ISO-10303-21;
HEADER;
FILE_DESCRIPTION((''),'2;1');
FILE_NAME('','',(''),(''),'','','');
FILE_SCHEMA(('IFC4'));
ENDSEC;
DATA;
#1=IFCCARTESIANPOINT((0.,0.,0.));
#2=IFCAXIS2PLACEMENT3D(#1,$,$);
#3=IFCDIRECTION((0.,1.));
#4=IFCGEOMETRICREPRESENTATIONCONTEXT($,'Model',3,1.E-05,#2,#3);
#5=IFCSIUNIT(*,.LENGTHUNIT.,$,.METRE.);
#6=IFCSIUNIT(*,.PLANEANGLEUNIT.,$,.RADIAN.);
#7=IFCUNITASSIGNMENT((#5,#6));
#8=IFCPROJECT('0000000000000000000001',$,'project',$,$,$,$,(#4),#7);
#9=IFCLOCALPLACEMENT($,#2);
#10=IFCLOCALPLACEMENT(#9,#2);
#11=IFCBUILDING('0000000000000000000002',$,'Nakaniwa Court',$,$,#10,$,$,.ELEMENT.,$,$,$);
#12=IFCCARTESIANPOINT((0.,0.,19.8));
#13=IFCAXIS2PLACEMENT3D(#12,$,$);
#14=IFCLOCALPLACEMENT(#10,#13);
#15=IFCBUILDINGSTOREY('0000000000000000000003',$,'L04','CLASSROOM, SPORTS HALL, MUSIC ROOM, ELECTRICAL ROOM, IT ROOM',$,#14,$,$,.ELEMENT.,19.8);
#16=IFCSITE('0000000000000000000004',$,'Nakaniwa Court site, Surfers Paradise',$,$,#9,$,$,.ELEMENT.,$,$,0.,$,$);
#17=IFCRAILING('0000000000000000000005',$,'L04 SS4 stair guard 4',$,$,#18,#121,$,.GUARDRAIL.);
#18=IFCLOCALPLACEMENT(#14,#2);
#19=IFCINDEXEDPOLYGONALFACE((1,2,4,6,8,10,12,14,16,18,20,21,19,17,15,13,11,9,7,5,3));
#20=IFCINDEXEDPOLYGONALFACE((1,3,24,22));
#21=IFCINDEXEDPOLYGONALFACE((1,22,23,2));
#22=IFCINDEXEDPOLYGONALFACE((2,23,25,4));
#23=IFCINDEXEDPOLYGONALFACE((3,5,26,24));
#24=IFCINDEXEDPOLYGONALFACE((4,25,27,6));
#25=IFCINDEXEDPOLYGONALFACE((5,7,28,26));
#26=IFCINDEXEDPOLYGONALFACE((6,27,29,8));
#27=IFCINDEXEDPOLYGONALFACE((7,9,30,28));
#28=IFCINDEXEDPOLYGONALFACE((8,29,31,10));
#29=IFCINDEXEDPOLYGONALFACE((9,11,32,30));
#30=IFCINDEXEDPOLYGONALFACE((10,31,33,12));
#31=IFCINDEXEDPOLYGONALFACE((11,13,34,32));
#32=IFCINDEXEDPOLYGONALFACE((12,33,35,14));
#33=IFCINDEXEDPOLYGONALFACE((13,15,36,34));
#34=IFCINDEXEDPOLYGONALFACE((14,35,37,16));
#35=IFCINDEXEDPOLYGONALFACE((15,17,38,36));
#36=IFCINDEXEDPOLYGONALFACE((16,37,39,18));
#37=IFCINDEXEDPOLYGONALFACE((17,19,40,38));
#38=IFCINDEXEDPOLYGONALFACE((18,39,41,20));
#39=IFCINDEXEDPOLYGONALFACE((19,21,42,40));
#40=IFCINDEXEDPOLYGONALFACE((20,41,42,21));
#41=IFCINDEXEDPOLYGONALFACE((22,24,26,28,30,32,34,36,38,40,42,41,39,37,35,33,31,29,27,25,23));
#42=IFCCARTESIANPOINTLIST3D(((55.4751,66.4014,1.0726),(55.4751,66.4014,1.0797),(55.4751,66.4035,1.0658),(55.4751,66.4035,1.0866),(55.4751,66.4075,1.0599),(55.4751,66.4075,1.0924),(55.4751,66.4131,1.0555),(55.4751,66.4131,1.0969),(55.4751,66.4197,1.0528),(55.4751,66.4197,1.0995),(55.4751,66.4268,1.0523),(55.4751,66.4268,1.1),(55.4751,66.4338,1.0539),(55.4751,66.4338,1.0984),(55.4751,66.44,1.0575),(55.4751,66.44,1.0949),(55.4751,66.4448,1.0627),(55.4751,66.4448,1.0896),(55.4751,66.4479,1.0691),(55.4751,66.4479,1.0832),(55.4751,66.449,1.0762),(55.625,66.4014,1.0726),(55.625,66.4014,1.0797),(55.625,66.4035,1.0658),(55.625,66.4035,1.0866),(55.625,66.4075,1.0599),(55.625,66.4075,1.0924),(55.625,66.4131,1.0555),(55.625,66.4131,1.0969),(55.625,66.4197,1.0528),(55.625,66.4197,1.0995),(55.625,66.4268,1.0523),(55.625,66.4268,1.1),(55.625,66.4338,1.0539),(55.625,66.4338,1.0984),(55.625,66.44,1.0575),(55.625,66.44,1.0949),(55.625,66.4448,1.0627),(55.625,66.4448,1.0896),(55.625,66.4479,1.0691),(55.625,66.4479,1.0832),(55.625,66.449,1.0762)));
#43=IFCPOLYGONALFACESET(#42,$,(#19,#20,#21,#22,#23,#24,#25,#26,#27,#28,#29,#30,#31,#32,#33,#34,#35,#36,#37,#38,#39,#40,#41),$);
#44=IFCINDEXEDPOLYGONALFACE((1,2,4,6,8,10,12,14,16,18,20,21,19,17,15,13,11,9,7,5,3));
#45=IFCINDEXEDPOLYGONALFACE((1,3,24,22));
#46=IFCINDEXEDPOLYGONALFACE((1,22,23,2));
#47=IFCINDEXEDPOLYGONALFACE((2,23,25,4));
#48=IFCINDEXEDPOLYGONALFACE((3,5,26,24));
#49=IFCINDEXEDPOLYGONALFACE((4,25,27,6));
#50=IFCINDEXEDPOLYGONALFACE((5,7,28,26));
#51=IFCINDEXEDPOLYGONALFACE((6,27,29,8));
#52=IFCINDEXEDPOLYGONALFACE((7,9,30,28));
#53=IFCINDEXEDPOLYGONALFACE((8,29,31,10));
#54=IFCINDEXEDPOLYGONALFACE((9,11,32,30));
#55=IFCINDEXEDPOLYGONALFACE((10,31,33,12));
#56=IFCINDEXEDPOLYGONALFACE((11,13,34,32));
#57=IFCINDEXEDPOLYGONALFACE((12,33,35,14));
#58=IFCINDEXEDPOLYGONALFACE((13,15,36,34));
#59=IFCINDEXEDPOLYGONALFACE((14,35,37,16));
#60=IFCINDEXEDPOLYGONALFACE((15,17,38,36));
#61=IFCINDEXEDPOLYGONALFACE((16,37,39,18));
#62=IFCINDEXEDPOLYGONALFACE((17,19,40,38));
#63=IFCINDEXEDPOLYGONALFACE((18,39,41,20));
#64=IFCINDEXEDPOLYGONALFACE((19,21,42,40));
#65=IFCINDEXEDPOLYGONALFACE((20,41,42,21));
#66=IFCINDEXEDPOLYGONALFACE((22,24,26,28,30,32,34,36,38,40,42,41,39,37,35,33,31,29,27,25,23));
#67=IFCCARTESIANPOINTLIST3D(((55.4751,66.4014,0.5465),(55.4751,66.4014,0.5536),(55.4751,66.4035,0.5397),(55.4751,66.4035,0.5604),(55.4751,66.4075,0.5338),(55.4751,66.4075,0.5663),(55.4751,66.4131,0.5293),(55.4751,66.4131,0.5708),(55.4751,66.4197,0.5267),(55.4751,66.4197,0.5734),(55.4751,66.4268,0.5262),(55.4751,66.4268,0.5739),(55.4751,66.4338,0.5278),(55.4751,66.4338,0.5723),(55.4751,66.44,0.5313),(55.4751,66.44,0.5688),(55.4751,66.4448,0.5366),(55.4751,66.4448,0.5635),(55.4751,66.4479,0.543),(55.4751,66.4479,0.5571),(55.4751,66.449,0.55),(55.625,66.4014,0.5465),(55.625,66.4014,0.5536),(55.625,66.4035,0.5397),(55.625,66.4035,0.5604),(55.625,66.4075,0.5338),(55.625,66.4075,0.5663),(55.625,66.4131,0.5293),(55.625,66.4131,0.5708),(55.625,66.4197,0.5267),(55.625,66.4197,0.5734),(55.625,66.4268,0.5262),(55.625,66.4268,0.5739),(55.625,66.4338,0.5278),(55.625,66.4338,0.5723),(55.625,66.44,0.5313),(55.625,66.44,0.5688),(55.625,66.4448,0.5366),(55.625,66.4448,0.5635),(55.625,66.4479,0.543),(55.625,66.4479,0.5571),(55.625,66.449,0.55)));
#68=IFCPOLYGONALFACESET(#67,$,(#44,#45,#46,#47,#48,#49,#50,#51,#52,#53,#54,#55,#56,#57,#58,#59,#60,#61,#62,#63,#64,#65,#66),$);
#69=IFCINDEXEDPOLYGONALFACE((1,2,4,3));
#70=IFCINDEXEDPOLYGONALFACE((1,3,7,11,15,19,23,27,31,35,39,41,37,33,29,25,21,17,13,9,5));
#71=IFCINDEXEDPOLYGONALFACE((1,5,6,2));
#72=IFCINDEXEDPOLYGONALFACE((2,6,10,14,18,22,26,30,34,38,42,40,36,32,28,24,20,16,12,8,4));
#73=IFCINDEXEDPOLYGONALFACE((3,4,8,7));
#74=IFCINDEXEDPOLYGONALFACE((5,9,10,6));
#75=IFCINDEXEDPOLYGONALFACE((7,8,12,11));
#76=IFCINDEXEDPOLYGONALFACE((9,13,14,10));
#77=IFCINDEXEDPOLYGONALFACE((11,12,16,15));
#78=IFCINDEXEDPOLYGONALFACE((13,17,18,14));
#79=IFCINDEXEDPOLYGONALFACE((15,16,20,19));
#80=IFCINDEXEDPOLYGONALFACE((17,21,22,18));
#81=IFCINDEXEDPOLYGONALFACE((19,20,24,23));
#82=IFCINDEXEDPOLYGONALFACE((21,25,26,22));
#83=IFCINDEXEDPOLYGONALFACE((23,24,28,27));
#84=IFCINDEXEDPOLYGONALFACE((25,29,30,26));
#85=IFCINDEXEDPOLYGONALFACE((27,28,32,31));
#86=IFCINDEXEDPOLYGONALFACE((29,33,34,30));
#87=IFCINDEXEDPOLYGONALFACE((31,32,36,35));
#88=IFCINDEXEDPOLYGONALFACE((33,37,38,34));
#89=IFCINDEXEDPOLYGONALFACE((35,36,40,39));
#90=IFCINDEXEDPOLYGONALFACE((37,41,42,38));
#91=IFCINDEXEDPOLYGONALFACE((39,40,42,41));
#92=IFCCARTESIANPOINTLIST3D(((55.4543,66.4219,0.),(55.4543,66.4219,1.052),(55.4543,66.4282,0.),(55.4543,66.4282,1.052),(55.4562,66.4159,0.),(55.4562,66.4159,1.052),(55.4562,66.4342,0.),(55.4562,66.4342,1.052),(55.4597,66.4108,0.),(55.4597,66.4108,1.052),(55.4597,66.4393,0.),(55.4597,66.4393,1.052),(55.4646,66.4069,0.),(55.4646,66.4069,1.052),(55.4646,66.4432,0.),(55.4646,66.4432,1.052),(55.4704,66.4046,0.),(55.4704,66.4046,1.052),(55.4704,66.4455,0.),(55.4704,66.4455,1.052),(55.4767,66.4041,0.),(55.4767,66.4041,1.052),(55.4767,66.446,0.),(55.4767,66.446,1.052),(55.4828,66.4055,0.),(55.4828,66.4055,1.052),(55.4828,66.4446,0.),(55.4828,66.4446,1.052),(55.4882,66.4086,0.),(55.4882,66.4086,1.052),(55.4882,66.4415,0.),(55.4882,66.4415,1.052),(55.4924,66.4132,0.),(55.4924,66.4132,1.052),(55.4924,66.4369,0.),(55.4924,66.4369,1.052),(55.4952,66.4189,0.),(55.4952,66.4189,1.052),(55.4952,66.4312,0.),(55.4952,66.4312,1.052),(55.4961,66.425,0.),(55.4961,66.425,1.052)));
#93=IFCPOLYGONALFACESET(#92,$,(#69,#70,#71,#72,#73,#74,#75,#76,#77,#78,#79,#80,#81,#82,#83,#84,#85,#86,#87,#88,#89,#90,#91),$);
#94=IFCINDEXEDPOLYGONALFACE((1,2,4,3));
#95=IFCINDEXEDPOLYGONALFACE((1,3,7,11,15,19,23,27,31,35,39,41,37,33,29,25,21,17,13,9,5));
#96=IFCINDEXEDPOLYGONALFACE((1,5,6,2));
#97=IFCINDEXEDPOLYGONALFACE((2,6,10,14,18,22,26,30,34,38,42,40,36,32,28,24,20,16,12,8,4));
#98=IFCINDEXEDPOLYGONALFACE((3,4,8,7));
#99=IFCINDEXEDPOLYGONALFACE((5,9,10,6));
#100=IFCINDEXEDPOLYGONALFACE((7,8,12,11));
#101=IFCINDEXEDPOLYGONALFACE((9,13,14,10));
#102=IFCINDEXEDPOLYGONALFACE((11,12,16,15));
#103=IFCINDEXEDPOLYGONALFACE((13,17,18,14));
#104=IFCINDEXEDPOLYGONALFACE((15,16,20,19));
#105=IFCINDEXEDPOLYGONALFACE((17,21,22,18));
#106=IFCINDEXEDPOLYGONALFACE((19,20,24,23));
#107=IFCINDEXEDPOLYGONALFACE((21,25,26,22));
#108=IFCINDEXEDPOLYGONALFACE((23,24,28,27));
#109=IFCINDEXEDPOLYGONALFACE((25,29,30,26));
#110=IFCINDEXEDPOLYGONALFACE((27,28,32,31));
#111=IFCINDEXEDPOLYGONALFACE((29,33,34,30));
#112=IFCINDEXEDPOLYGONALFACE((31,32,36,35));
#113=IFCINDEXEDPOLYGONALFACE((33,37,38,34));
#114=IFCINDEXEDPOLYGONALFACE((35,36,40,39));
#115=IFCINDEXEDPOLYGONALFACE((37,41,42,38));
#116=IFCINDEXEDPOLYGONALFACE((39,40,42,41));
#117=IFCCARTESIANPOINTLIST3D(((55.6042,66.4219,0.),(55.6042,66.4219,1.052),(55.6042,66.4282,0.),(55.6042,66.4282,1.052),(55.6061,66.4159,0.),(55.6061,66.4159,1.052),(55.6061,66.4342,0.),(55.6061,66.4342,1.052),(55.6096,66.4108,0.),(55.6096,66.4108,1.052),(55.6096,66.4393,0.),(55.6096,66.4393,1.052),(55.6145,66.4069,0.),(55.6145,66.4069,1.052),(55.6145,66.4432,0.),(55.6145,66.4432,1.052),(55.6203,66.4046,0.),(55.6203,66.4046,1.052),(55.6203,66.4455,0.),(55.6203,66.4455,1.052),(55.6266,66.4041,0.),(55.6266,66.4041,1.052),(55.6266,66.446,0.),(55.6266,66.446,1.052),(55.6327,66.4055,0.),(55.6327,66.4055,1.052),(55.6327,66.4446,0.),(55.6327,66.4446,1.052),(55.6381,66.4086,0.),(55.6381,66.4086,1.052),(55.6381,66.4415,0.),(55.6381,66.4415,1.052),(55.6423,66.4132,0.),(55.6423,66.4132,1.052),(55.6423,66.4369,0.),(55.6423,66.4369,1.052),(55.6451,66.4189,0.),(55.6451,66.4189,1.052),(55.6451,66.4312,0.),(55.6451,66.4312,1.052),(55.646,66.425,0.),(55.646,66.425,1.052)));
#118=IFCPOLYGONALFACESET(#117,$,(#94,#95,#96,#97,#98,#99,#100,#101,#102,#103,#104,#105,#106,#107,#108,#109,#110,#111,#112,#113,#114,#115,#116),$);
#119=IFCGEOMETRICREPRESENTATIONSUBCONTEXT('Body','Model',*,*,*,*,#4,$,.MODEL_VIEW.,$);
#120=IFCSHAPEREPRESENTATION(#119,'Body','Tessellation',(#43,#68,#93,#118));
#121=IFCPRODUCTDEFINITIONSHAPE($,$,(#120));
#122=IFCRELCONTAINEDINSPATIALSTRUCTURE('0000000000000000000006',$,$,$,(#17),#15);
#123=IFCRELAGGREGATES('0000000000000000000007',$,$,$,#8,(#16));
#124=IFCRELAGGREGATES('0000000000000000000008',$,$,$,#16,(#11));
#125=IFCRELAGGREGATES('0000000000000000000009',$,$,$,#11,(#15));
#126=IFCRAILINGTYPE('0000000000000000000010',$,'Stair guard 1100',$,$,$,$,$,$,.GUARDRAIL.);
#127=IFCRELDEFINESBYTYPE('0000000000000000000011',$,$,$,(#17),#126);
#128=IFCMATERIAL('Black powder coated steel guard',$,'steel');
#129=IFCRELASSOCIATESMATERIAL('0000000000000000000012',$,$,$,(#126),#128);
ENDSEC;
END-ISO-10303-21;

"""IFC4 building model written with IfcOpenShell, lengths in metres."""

from ifc_helpers import new_model, si_unit, direction, frame, origin, origin_2d, place, context, subcontext, project, spatial, circle, extrude, material, type_object, element, save


model = new_model("IFC4")

# Units and contexts
model_context = context("Model", 3, precision=1e-05, world=origin(), true_north=direction((0.0, 1.0)))
body_context = subcontext(model_context, "Body", "Model", "MODEL_VIEW")
ifc_project = project(units=[si_unit("LENGTHUNIT", "METRE"), si_unit("PLANEANGLEUNIT", "RADIAN")], contexts=[model_context])

# Site, building, storey
site_placement = place(None, origin())
site = spatial("IfcSite", under=ifc_project, at=site_placement, Name="Nakaniwa Court site, Surfers Paradise", CompositionType="ELEMENT", RefElevation=0.0)
building_placement = place(site_placement, origin())
building = spatial("IfcBuilding", under=site, at=building_placement, Name="Nakaniwa Court", CompositionType="ELEMENT")
storey_placement = place(building_placement, frame((0.0, 0.0, 19.8)))
storey = spatial("IfcBuildingStorey", under=building, at=storey_placement, Name="L04", Description="CLASSROOM, SPORTS HALL, MUSIC ROOM, ELECTRICAL ROOM, IT ROOM", CompositionType="ELEMENT", Elevation=19.8)

# Railing
ifc_material_1 = material(Name="Black powder coated steel guard", Category="steel")
railing_type_1 = type_object("IfcRailingType", Name="Stair guard 1100", PredefinedType="GUARDRAIL", material=ifc_material_1)
railing_1_placement = place(storey_placement, frame((55.4751, 66.425, 0.0)))
element("IfcRailing", 1, at=railing_1_placement, inside=storey, type_object=railing_type_1, Name="L04 SS4 stair guard 4", PredefinedType="GUARDRAIL", context=body_context, shape_type="SweptSolid", body=[
    extrude(circle(Radius=0.0239, at=origin_2d()), frame((0.0, 0.0, 1.0762), z_axis=(1.0, 0.0, 0.0), x_axis=(0.0, 1.0, 0.0)), (0.0, 0.0, 1.0), 0.1499),
    extrude(circle(Radius=0.0239, at=origin_2d()), frame((0.0, 0.0, 0.55), z_axis=(1.0, 0.0, 0.0), x_axis=(0.0, 1.0, 0.0)), (0.0, 0.0, 1.0), 0.1499),
    extrude(circle(Radius=0.021, at=origin_2d()), origin(), (0.0, 0.0, 1.0), 1.052),
    extrude(circle(Radius=0.021, at=origin_2d()), frame((0.1499, 0.0, 0.0)), (0.0, 0.0, 1.0), 1.052),
])

save(model, "model.ifc")
